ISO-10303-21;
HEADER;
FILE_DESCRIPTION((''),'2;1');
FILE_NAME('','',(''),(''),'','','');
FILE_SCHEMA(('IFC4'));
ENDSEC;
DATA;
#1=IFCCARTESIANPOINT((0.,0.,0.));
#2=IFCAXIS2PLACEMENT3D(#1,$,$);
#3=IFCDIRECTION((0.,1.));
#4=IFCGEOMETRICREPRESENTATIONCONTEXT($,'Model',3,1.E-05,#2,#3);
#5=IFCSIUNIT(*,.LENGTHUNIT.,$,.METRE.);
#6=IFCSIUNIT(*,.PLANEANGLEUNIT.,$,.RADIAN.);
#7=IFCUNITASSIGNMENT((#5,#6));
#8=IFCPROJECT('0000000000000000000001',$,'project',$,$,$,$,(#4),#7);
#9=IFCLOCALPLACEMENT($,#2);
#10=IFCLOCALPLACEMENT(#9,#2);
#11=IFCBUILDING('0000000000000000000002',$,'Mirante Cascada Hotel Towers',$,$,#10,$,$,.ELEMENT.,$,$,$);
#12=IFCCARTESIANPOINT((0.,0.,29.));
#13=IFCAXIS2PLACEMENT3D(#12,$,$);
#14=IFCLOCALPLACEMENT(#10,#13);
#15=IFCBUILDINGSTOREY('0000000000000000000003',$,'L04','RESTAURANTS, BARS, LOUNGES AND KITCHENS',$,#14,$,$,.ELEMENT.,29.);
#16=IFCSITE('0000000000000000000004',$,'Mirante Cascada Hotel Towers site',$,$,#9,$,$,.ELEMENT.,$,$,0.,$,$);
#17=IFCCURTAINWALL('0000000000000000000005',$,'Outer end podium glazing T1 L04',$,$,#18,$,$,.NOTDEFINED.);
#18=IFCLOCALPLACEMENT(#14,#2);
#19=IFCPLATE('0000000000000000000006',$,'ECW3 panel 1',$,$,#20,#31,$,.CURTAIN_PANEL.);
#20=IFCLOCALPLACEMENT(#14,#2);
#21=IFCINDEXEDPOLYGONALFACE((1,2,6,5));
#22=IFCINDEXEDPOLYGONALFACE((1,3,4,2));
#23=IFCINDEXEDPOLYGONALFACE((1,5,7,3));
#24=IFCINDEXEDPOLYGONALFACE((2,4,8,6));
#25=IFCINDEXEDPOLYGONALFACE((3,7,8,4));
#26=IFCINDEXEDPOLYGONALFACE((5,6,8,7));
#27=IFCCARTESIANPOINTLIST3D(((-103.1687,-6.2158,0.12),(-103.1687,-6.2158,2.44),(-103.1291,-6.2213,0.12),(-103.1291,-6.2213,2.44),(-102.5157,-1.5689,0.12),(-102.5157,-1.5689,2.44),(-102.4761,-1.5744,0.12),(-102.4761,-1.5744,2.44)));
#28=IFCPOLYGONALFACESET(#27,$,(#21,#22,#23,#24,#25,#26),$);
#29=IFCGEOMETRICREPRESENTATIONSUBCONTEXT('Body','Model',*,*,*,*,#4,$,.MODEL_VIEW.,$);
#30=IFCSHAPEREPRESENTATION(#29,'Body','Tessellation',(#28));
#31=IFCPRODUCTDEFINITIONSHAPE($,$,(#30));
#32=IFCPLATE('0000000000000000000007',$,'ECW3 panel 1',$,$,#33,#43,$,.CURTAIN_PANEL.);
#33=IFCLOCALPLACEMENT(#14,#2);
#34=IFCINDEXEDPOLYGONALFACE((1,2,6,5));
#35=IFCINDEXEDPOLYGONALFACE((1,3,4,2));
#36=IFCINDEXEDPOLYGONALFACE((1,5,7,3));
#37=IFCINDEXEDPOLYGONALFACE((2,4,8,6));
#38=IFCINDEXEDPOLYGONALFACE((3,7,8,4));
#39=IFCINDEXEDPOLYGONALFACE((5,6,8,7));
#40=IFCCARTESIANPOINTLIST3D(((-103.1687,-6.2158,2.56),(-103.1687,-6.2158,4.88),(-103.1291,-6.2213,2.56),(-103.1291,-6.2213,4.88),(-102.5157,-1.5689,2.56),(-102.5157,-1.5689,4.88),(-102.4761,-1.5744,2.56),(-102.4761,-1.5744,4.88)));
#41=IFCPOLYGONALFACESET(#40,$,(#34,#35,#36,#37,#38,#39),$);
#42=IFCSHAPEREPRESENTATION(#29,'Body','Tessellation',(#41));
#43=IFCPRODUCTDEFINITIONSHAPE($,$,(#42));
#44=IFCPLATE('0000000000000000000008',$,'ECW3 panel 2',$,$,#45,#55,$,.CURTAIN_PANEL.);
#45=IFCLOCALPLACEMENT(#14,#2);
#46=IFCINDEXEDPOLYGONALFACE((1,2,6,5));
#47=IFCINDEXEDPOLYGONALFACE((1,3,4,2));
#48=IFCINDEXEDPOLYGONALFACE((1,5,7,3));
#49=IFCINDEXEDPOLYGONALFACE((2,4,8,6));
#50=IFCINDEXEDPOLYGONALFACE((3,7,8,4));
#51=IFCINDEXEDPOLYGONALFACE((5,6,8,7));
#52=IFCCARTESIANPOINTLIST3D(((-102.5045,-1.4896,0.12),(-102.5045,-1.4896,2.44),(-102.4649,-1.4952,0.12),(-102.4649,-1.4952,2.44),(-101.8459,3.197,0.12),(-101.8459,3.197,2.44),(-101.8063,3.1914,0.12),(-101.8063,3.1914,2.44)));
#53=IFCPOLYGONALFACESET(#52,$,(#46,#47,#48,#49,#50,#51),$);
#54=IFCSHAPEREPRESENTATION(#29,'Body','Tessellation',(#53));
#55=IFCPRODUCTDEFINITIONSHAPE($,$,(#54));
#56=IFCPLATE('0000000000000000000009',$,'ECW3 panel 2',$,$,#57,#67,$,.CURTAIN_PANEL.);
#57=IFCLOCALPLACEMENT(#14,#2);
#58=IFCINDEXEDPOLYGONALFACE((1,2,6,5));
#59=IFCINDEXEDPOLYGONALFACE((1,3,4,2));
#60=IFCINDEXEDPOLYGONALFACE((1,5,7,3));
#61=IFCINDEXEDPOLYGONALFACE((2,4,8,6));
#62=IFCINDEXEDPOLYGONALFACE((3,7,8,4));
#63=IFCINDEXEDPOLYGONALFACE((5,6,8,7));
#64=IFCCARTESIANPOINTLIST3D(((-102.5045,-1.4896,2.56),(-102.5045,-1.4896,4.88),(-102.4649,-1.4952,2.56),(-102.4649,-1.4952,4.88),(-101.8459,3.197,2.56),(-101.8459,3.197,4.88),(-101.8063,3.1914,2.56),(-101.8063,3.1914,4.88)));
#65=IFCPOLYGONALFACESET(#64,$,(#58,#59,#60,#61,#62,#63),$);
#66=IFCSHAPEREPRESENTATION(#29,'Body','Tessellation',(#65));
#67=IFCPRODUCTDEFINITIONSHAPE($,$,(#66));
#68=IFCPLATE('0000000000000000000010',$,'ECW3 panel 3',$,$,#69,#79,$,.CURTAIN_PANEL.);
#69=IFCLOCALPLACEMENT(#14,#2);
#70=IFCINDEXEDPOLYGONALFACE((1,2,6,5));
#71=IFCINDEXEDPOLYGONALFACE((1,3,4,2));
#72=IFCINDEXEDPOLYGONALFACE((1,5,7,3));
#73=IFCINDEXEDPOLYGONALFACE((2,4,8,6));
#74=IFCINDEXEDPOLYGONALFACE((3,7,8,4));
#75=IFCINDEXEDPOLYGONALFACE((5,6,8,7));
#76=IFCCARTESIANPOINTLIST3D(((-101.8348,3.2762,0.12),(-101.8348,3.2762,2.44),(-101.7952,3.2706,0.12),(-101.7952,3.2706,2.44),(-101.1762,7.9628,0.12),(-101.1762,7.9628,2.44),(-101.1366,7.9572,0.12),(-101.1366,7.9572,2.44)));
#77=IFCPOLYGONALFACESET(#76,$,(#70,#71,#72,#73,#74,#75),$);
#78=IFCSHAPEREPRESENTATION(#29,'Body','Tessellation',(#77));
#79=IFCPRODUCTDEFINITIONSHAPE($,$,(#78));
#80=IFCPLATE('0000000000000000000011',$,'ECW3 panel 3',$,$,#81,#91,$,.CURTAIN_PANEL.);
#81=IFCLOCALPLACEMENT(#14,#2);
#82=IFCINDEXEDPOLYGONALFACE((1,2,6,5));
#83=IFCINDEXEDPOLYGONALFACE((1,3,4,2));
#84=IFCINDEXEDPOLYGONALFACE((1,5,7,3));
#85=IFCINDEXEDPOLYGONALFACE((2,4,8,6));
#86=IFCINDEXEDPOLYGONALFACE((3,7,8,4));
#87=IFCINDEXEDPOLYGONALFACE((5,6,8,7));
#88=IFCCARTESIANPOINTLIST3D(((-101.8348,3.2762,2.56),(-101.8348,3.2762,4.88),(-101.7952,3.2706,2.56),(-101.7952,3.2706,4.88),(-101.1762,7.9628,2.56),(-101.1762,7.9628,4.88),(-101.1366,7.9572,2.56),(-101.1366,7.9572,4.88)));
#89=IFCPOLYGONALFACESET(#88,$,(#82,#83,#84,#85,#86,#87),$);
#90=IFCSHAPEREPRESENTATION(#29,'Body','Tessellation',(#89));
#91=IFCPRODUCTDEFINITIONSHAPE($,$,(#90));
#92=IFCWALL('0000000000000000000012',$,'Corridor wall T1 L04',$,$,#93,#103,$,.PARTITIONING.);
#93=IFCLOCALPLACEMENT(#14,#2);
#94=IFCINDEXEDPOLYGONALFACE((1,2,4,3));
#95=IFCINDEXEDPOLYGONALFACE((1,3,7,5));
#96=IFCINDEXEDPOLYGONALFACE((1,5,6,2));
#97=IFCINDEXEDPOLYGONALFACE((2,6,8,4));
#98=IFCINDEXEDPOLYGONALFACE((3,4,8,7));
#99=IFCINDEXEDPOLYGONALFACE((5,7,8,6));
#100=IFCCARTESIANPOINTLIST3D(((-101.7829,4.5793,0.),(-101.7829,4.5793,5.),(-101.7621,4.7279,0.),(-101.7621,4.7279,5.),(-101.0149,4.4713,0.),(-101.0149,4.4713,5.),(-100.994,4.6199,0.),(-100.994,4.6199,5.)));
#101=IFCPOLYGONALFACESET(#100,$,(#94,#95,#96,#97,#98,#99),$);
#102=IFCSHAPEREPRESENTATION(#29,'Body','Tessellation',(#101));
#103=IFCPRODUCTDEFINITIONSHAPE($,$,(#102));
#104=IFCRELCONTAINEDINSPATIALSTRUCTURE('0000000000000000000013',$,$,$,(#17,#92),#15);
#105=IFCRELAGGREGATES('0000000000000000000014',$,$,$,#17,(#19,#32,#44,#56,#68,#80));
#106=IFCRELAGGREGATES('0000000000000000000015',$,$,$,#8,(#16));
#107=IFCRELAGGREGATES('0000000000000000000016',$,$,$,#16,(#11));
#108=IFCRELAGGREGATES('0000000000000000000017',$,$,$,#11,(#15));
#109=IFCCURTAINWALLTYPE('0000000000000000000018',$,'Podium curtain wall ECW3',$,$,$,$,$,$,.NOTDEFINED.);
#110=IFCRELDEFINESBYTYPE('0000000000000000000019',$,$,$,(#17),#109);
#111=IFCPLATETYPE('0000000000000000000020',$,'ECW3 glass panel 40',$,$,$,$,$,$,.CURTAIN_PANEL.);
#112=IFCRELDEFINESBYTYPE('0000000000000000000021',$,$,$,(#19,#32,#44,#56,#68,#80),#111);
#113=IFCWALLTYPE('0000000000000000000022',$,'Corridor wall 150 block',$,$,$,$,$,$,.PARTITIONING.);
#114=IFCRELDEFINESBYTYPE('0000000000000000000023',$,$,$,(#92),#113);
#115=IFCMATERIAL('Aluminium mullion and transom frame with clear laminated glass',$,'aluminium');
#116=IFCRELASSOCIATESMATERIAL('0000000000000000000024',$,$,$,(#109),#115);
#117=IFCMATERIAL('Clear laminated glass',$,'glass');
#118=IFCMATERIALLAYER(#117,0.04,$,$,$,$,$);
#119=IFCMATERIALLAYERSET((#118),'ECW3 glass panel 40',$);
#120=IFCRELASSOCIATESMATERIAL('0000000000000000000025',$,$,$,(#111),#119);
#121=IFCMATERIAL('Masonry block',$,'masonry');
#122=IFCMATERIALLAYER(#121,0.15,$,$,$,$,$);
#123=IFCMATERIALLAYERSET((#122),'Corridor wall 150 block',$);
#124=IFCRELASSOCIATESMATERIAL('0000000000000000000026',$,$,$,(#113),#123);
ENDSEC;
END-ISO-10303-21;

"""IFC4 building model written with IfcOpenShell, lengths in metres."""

from ifc_helpers import new_model, si_unit, direction, frame, frame_2d, origin, origin_2d, place, context, subcontext, project, spatial, rectangle, extrude, material, layer, layer_set, type_object, element, aggregate, save


model = new_model("IFC4")

# Units and contexts
model_context = context("Model", 3, precision=1e-05, world=origin(), true_north=direction((0.0, 1.0)))
body_context = subcontext(model_context, "Body", "Model", "MODEL_VIEW")
ifc_project = project(units=[si_unit("LENGTHUNIT", "METRE"), si_unit("PLANEANGLEUNIT", "RADIAN")], contexts=[model_context])

# Site, building, storey
site_placement = place(None, origin())
site = spatial("IfcSite", under=ifc_project, at=site_placement, Name="Mirante Cascada Hotel Towers site", CompositionType="ELEMENT", RefElevation=0.0)
building_placement = place(site_placement, origin())
building = spatial("IfcBuilding", under=site, at=building_placement, Name="Mirante Cascada Hotel Towers", CompositionType="ELEMENT")
storey_placement = place(building_placement, frame((0.0, 0.0, 29.0)))
storey = spatial("IfcBuildingStorey", under=building, at=storey_placement, Name="L04", Description="RESTAURANTS, BARS, LOUNGES AND KITCHENS", CompositionType="ELEMENT", Elevation=29.0)

# Curtain wall, plates
ifc_material_1 = material(Name="Aluminium mullion and transom frame with clear laminated glass", Category="aluminium")
curtain_wall_type = type_object("IfcCurtainWallType", Name="Podium curtain wall ECW3", PredefinedType="NOTDEFINED", material=ifc_material_1)
curtain_wall_placement = place(storey_placement, origin())
curtain_wall = element("IfcCurtainWall", 1, at=curtain_wall_placement, inside=storey, type_object=curtain_wall_type, Name="Outer end podium glazing T1 L04", PredefinedType="NOTDEFINED")
ifc_material_2 = material(Name="Clear laminated glass", Category="glass")
ifc_layer_1 = layer(ifc_material_2, 0.04)
ifc_layer_set_1 = layer_set([ifc_layer_1], Name="ECW3 glass panel 40")
plate_type = type_object("IfcPlateType", Name="ECW3 glass panel 40", PredefinedType="CURTAIN_PANEL", material=ifc_layer_set_1)
plate_1_placement = place(storey_placement, frame((-102.8224, -3.8951, 0.12), z_axis=(0.0, 0.0, 1.0), x_axis=(0.139173, 0.990268, 0.0)))
plate_1 = element("IfcPlate", 2, at=plate_1_placement, type_object=plate_type, Name="ECW3 panel 1", PredefinedType="CURTAIN_PANEL", context=body_context, shape_type="SweptSolid", body=[
    extrude(rectangle(XDim=4.6926, YDim=0.04, at=origin_2d()), origin(), (0.0, 0.0, 1.0), 2.32),
])
plate_2_placement = place(storey_placement, frame((-102.8224, -3.8951, 2.56), z_axis=(0.0, 0.0, 1.0), x_axis=(0.139173, 0.990268, 0.0)))
plate_2 = element("IfcPlate", 3, at=plate_2_placement, type_object=plate_type, Name="ECW3 panel 1", PredefinedType="CURTAIN_PANEL", context=body_context, shape_type="SweptSolid", body=[
    extrude(rectangle(XDim=4.6926, YDim=0.04, at=origin_2d()), origin(), (0.0, 0.0, 1.0), 2.32),
])
plate_3_placement = place(storey_placement, frame((-102.1554, 0.8509, 0.12), z_axis=(0.0, 0.0, 1.0), x_axis=(0.139173, 0.990268, 0.0)))
plate_3 = element("IfcPlate", 4, at=plate_3_placement, type_object=plate_type, Name="ECW3 panel 2", PredefinedType="CURTAIN_PANEL", context=body_context, shape_type="SweptSolid", body=[
    extrude(rectangle(XDim=4.7326, YDim=0.04, at=origin_2d()), origin(), (0.0, 0.0, 1.0), 2.32),
])
plate_4_placement = place(storey_placement, frame((-102.1554, 0.8509, 2.56), z_axis=(0.0, 0.0, 1.0), x_axis=(0.139173, 0.990268, 0.0)))
plate_4 = element("IfcPlate", 5, at=plate_4_placement, type_object=plate_type, Name="ECW3 panel 2", PredefinedType="CURTAIN_PANEL", context=body_context, shape_type="SweptSolid", body=[
    extrude(rectangle(XDim=4.7326, YDim=0.04, at=origin_2d()), origin(), (0.0, 0.0, 1.0), 2.32),
])
plate_5_placement = place(storey_placement, frame((-101.4857, 5.6167, 0.12), z_axis=(0.0, 0.0, 1.0), x_axis=(0.139173, 0.990268, 0.0)))
plate_5 = element("IfcPlate", 6, at=plate_5_placement, type_object=plate_type, Name="ECW3 panel 3", PredefinedType="CURTAIN_PANEL", context=body_context, shape_type="SweptSolid", body=[
    extrude(rectangle(XDim=4.7326, YDim=0.04, at=origin_2d()), origin(), (0.0, 0.0, 1.0), 2.32),
])
plate_6_placement = place(storey_placement, frame((-101.4857, 5.6167, 2.56), z_axis=(0.0, 0.0, 1.0), x_axis=(0.139173, 0.990268, 0.0)))
plate_6 = element("IfcPlate", 7, at=plate_6_placement, type_object=plate_type, Name="ECW3 panel 3", PredefinedType="CURTAIN_PANEL", context=body_context, shape_type="SweptSolid", body=[
    extrude(rectangle(XDim=4.7326, YDim=0.04, at=origin_2d()), origin(), (0.0, 0.0, 1.0), 2.32),
])
aggregate(curtain_wall, [plate_1, plate_2, plate_3, plate_4, plate_5, plate_6])

# Wall
ifc_material_3 = material(Name="Masonry block", Category="masonry")
ifc_layer_2 = layer(ifc_material_3, 0.15)
ifc_layer_set_2 = layer_set([ifc_layer_2], Name="Corridor wall 150 block")
wall_type = type_object("IfcWallType", Name="Corridor wall 150 block", PredefinedType="PARTITIONING", material=ifc_layer_set_2)
wall_placement = place(storey_placement, frame((-101.7725, 4.6536, 0.0), z_axis=(0.0, 0.0, 1.0), x_axis=(0.990257, -0.139255, 0.0)))
element("IfcWall", 8, at=wall_placement, inside=storey, type_object=wall_type, Name="Corridor wall T1 L04", PredefinedType="PARTITIONING", context=body_context, shape_type="SweptSolid", body=[
    extrude(rectangle(XDim=0.7756, YDim=0.15, at=frame_2d((0.3878, 0.0))), origin(), (0.0, 0.0, 1.0), 5.0),
])

save(model, "model.ifc")
